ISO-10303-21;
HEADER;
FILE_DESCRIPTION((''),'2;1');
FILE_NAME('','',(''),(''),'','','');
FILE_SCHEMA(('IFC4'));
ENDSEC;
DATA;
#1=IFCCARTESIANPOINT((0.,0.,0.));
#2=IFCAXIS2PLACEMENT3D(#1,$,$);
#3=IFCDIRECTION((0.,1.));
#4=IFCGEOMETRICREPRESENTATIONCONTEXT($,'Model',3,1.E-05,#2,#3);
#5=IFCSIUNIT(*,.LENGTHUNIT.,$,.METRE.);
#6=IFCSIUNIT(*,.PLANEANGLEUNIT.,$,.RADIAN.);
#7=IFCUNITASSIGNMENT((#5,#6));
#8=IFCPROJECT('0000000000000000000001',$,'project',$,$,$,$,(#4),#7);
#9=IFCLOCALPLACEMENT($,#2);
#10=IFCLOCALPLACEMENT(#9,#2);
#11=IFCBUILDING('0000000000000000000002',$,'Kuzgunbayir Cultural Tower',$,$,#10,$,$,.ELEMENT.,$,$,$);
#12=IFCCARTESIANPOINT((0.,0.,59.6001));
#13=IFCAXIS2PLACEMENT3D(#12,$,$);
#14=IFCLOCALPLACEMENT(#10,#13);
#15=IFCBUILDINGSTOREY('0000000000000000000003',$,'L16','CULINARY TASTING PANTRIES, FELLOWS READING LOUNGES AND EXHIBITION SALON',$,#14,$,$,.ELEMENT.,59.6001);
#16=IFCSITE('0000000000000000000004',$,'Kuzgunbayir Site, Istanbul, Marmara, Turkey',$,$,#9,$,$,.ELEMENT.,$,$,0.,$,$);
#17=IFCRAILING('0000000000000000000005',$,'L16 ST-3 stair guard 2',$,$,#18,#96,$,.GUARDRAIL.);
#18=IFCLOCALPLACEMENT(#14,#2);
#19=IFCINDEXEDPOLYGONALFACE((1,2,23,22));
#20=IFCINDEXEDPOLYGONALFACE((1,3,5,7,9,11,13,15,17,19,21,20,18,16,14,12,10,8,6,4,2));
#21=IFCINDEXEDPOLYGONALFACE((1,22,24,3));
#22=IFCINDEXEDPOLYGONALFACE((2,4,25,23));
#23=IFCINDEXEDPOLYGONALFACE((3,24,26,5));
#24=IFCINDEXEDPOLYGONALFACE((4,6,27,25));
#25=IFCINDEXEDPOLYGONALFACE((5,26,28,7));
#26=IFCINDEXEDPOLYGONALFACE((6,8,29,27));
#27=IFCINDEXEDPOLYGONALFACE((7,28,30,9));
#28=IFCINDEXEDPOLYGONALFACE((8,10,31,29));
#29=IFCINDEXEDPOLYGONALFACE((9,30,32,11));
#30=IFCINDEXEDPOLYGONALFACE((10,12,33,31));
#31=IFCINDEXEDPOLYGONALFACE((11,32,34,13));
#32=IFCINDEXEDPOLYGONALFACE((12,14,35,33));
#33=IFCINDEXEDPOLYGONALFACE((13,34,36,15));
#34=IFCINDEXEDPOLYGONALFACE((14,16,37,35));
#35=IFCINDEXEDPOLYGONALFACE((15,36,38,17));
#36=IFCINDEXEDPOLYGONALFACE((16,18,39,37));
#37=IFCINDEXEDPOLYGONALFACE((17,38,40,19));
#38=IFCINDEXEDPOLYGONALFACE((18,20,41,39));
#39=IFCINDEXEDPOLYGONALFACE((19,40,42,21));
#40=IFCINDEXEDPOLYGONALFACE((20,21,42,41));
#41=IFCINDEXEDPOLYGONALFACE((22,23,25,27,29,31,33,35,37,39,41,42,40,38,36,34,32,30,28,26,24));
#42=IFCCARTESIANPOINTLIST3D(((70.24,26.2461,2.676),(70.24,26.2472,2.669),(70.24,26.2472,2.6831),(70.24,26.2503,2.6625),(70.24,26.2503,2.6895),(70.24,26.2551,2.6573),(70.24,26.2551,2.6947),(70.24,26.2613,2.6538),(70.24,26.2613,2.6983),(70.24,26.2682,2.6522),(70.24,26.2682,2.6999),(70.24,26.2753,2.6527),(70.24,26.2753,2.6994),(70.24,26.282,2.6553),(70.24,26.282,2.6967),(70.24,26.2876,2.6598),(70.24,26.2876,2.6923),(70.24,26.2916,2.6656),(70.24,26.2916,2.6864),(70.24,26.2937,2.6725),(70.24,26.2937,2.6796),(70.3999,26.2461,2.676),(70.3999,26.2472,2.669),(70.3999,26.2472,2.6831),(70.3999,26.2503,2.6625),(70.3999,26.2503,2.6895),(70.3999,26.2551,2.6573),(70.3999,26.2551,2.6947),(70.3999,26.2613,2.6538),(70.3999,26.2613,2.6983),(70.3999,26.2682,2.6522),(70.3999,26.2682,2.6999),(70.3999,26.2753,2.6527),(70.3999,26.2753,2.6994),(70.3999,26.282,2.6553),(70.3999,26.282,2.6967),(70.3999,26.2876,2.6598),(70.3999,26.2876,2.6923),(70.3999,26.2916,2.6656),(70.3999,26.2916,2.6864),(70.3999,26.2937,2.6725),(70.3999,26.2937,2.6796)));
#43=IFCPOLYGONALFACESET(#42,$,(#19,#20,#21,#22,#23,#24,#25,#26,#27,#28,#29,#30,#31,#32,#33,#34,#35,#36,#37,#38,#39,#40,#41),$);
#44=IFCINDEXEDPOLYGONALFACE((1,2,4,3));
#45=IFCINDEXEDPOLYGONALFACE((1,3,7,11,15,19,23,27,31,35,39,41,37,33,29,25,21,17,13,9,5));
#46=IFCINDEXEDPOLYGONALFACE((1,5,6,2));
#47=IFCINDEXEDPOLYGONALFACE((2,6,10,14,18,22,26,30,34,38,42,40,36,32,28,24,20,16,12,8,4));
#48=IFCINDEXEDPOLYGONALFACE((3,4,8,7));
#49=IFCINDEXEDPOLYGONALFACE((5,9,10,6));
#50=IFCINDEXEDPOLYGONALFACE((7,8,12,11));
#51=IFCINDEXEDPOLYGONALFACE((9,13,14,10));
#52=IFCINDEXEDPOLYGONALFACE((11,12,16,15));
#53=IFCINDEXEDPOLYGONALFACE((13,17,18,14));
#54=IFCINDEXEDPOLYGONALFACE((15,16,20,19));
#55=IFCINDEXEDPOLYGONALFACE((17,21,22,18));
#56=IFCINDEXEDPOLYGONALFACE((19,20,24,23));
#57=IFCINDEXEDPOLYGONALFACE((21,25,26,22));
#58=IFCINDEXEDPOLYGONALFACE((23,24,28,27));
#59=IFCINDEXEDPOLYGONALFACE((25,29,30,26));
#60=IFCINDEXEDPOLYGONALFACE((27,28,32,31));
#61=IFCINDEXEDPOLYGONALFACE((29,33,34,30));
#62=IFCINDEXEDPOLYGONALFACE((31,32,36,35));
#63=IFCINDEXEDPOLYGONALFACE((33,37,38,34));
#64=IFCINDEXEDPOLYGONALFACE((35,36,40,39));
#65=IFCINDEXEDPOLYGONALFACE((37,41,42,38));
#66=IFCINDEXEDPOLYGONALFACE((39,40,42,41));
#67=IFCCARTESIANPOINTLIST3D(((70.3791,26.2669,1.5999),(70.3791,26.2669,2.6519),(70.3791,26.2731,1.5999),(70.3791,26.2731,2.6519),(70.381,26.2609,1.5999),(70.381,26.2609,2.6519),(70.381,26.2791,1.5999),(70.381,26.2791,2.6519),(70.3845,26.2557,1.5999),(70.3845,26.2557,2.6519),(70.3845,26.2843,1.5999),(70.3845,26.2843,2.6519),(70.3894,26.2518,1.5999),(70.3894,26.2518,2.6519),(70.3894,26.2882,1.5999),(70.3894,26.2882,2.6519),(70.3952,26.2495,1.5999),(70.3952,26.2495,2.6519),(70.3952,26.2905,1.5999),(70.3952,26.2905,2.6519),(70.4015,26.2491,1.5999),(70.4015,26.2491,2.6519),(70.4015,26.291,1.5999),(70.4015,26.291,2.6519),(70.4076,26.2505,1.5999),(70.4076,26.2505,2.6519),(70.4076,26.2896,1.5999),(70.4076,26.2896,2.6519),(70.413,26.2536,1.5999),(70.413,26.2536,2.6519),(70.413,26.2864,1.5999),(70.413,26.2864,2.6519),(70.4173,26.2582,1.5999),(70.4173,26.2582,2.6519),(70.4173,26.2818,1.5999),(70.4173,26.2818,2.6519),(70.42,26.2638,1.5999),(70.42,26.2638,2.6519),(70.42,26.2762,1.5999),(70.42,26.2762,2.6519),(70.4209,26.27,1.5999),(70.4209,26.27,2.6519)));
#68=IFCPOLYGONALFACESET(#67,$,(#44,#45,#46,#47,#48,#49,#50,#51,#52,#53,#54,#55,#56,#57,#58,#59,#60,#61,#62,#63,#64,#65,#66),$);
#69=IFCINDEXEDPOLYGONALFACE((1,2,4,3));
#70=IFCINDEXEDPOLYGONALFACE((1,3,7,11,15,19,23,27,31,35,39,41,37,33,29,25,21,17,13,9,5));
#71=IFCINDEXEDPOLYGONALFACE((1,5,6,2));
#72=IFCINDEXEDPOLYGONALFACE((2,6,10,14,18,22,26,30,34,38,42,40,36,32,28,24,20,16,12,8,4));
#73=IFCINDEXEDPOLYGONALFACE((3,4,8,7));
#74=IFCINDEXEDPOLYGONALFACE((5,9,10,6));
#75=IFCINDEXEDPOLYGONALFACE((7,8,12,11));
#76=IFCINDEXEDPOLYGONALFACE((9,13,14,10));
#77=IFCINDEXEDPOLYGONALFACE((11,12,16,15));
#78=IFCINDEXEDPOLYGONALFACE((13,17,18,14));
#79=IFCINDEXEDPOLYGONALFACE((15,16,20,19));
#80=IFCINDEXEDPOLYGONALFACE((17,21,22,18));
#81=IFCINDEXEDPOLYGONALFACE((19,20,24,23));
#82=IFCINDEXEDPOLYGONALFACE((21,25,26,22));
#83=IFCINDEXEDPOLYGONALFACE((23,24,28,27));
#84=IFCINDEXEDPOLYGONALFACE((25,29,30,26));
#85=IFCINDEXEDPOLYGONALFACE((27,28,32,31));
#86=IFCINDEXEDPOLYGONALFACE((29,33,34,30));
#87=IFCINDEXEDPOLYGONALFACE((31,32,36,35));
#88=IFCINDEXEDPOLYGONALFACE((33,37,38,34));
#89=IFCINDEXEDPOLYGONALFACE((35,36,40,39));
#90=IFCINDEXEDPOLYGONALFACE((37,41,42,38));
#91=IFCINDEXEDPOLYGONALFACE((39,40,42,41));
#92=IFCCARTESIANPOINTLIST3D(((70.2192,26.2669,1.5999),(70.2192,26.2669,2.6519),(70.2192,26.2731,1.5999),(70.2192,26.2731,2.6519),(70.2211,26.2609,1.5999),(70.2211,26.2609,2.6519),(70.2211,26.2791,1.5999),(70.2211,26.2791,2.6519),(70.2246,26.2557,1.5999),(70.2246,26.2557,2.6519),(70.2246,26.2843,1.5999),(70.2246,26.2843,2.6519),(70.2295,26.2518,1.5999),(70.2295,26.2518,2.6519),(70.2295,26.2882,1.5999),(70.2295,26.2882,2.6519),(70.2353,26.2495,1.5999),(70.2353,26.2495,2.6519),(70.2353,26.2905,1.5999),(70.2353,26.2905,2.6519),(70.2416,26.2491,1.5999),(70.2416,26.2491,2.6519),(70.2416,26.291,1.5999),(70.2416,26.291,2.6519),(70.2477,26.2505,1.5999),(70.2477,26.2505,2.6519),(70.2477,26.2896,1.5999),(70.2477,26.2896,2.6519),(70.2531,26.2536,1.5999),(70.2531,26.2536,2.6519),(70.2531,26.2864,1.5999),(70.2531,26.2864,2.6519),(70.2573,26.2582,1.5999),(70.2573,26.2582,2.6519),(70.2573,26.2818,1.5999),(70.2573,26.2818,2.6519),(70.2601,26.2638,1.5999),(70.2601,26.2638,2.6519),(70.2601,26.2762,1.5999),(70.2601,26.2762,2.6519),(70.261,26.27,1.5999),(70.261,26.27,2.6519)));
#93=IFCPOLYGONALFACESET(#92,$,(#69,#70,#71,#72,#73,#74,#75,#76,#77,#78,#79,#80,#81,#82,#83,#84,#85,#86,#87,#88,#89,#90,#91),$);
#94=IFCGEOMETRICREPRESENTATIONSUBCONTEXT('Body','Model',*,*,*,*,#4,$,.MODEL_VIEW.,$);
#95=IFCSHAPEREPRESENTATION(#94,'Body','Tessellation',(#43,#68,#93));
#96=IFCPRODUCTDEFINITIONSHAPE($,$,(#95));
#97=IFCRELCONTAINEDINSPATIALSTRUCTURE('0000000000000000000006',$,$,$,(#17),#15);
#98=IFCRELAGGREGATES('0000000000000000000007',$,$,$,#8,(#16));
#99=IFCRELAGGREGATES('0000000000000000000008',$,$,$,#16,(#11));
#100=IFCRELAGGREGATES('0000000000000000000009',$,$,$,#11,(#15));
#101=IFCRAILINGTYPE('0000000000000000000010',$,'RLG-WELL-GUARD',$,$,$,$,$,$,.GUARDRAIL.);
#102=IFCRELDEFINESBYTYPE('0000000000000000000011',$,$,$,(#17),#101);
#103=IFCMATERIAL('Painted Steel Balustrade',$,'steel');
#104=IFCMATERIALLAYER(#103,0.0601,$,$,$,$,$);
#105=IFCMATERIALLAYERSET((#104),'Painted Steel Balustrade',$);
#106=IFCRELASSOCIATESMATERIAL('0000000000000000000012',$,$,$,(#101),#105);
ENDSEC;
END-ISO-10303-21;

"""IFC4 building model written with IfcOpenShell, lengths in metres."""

from ifc_helpers import new_model, si_unit, direction, frame, origin, origin_2d, place, context, subcontext, project, spatial, circle, extrude, material, layer, layer_set, type_object, element, save


model = new_model("IFC4")

# Units and contexts
model_context = context("Model", 3, precision=1e-05, world=origin(), true_north=direction((0.0, 1.0)))
body_context = subcontext(model_context, "Body", "Model", "MODEL_VIEW")
ifc_project = project(units=[si_unit("LENGTHUNIT", "METRE"), si_unit("PLANEANGLEUNIT", "RADIAN")], contexts=[model_context])

# Site, building, storey
site_placement = place(None, origin())
site = spatial("IfcSite", under=ifc_project, at=site_placement, Name="Kuzgunbayir Site, Istanbul, Marmara, Turkey", CompositionType="ELEMENT", RefElevation=0.0)
building_placement = place(site_placement, origin())
building = spatial("IfcBuilding", under=site, at=building_placement, Name="Kuzgunbayir Cultural Tower", CompositionType="ELEMENT")
storey_placement = place(building_placement, frame((0.0, 0.0, 59.6001)))
storey = spatial("IfcBuildingStorey", under=building, at=storey_placement, Name="L16", Description="CULINARY TASTING PANTRIES, FELLOWS READING LOUNGES AND EXHIBITION SALON", CompositionType="ELEMENT", Elevation=59.6001)

# Railing
ifc_material_1 = material(Name="Painted Steel Balustrade", Category="steel")
ifc_layer_1 = layer(ifc_material_1, 0.0601)
ifc_layer_set_1 = layer_set([ifc_layer_1], Name="Painted Steel Balustrade")
railing_type_1 = type_object("IfcRailingType", Name="RLG-WELL-GUARD", PredefinedType="GUARDRAIL", material=ifc_layer_set_1)
railing_1_placement = place(storey_placement, frame((70.3999, 26.27, 1.5999)))
element("IfcRailing", 1, at=railing_1_placement, inside=storey, type_object=railing_type_1, Name="L16 ST-3 stair guard 2", PredefinedType="GUARDRAIL", context=body_context, shape_type="SweptSolid", body=[
    extrude(circle(Radius=0.0239, at=origin_2d()), frame((0.0, 0.0, 1.0762), z_axis=(-1.0, 0.0, 0.0), x_axis=(0.0, -1.0, 0.0)), (0.0, 0.0, 1.0), 0.1599),
    extrude(circle(Radius=0.021, at=origin_2d()), origin(), (0.0, 0.0, 1.0), 1.052),
    extrude(circle(Radius=0.021, at=origin_2d()), frame((-0.1599, 0.0, 0.0)), (0.0, 0.0, 1.0), 1.052),
])

save(model, "model.ifc")
